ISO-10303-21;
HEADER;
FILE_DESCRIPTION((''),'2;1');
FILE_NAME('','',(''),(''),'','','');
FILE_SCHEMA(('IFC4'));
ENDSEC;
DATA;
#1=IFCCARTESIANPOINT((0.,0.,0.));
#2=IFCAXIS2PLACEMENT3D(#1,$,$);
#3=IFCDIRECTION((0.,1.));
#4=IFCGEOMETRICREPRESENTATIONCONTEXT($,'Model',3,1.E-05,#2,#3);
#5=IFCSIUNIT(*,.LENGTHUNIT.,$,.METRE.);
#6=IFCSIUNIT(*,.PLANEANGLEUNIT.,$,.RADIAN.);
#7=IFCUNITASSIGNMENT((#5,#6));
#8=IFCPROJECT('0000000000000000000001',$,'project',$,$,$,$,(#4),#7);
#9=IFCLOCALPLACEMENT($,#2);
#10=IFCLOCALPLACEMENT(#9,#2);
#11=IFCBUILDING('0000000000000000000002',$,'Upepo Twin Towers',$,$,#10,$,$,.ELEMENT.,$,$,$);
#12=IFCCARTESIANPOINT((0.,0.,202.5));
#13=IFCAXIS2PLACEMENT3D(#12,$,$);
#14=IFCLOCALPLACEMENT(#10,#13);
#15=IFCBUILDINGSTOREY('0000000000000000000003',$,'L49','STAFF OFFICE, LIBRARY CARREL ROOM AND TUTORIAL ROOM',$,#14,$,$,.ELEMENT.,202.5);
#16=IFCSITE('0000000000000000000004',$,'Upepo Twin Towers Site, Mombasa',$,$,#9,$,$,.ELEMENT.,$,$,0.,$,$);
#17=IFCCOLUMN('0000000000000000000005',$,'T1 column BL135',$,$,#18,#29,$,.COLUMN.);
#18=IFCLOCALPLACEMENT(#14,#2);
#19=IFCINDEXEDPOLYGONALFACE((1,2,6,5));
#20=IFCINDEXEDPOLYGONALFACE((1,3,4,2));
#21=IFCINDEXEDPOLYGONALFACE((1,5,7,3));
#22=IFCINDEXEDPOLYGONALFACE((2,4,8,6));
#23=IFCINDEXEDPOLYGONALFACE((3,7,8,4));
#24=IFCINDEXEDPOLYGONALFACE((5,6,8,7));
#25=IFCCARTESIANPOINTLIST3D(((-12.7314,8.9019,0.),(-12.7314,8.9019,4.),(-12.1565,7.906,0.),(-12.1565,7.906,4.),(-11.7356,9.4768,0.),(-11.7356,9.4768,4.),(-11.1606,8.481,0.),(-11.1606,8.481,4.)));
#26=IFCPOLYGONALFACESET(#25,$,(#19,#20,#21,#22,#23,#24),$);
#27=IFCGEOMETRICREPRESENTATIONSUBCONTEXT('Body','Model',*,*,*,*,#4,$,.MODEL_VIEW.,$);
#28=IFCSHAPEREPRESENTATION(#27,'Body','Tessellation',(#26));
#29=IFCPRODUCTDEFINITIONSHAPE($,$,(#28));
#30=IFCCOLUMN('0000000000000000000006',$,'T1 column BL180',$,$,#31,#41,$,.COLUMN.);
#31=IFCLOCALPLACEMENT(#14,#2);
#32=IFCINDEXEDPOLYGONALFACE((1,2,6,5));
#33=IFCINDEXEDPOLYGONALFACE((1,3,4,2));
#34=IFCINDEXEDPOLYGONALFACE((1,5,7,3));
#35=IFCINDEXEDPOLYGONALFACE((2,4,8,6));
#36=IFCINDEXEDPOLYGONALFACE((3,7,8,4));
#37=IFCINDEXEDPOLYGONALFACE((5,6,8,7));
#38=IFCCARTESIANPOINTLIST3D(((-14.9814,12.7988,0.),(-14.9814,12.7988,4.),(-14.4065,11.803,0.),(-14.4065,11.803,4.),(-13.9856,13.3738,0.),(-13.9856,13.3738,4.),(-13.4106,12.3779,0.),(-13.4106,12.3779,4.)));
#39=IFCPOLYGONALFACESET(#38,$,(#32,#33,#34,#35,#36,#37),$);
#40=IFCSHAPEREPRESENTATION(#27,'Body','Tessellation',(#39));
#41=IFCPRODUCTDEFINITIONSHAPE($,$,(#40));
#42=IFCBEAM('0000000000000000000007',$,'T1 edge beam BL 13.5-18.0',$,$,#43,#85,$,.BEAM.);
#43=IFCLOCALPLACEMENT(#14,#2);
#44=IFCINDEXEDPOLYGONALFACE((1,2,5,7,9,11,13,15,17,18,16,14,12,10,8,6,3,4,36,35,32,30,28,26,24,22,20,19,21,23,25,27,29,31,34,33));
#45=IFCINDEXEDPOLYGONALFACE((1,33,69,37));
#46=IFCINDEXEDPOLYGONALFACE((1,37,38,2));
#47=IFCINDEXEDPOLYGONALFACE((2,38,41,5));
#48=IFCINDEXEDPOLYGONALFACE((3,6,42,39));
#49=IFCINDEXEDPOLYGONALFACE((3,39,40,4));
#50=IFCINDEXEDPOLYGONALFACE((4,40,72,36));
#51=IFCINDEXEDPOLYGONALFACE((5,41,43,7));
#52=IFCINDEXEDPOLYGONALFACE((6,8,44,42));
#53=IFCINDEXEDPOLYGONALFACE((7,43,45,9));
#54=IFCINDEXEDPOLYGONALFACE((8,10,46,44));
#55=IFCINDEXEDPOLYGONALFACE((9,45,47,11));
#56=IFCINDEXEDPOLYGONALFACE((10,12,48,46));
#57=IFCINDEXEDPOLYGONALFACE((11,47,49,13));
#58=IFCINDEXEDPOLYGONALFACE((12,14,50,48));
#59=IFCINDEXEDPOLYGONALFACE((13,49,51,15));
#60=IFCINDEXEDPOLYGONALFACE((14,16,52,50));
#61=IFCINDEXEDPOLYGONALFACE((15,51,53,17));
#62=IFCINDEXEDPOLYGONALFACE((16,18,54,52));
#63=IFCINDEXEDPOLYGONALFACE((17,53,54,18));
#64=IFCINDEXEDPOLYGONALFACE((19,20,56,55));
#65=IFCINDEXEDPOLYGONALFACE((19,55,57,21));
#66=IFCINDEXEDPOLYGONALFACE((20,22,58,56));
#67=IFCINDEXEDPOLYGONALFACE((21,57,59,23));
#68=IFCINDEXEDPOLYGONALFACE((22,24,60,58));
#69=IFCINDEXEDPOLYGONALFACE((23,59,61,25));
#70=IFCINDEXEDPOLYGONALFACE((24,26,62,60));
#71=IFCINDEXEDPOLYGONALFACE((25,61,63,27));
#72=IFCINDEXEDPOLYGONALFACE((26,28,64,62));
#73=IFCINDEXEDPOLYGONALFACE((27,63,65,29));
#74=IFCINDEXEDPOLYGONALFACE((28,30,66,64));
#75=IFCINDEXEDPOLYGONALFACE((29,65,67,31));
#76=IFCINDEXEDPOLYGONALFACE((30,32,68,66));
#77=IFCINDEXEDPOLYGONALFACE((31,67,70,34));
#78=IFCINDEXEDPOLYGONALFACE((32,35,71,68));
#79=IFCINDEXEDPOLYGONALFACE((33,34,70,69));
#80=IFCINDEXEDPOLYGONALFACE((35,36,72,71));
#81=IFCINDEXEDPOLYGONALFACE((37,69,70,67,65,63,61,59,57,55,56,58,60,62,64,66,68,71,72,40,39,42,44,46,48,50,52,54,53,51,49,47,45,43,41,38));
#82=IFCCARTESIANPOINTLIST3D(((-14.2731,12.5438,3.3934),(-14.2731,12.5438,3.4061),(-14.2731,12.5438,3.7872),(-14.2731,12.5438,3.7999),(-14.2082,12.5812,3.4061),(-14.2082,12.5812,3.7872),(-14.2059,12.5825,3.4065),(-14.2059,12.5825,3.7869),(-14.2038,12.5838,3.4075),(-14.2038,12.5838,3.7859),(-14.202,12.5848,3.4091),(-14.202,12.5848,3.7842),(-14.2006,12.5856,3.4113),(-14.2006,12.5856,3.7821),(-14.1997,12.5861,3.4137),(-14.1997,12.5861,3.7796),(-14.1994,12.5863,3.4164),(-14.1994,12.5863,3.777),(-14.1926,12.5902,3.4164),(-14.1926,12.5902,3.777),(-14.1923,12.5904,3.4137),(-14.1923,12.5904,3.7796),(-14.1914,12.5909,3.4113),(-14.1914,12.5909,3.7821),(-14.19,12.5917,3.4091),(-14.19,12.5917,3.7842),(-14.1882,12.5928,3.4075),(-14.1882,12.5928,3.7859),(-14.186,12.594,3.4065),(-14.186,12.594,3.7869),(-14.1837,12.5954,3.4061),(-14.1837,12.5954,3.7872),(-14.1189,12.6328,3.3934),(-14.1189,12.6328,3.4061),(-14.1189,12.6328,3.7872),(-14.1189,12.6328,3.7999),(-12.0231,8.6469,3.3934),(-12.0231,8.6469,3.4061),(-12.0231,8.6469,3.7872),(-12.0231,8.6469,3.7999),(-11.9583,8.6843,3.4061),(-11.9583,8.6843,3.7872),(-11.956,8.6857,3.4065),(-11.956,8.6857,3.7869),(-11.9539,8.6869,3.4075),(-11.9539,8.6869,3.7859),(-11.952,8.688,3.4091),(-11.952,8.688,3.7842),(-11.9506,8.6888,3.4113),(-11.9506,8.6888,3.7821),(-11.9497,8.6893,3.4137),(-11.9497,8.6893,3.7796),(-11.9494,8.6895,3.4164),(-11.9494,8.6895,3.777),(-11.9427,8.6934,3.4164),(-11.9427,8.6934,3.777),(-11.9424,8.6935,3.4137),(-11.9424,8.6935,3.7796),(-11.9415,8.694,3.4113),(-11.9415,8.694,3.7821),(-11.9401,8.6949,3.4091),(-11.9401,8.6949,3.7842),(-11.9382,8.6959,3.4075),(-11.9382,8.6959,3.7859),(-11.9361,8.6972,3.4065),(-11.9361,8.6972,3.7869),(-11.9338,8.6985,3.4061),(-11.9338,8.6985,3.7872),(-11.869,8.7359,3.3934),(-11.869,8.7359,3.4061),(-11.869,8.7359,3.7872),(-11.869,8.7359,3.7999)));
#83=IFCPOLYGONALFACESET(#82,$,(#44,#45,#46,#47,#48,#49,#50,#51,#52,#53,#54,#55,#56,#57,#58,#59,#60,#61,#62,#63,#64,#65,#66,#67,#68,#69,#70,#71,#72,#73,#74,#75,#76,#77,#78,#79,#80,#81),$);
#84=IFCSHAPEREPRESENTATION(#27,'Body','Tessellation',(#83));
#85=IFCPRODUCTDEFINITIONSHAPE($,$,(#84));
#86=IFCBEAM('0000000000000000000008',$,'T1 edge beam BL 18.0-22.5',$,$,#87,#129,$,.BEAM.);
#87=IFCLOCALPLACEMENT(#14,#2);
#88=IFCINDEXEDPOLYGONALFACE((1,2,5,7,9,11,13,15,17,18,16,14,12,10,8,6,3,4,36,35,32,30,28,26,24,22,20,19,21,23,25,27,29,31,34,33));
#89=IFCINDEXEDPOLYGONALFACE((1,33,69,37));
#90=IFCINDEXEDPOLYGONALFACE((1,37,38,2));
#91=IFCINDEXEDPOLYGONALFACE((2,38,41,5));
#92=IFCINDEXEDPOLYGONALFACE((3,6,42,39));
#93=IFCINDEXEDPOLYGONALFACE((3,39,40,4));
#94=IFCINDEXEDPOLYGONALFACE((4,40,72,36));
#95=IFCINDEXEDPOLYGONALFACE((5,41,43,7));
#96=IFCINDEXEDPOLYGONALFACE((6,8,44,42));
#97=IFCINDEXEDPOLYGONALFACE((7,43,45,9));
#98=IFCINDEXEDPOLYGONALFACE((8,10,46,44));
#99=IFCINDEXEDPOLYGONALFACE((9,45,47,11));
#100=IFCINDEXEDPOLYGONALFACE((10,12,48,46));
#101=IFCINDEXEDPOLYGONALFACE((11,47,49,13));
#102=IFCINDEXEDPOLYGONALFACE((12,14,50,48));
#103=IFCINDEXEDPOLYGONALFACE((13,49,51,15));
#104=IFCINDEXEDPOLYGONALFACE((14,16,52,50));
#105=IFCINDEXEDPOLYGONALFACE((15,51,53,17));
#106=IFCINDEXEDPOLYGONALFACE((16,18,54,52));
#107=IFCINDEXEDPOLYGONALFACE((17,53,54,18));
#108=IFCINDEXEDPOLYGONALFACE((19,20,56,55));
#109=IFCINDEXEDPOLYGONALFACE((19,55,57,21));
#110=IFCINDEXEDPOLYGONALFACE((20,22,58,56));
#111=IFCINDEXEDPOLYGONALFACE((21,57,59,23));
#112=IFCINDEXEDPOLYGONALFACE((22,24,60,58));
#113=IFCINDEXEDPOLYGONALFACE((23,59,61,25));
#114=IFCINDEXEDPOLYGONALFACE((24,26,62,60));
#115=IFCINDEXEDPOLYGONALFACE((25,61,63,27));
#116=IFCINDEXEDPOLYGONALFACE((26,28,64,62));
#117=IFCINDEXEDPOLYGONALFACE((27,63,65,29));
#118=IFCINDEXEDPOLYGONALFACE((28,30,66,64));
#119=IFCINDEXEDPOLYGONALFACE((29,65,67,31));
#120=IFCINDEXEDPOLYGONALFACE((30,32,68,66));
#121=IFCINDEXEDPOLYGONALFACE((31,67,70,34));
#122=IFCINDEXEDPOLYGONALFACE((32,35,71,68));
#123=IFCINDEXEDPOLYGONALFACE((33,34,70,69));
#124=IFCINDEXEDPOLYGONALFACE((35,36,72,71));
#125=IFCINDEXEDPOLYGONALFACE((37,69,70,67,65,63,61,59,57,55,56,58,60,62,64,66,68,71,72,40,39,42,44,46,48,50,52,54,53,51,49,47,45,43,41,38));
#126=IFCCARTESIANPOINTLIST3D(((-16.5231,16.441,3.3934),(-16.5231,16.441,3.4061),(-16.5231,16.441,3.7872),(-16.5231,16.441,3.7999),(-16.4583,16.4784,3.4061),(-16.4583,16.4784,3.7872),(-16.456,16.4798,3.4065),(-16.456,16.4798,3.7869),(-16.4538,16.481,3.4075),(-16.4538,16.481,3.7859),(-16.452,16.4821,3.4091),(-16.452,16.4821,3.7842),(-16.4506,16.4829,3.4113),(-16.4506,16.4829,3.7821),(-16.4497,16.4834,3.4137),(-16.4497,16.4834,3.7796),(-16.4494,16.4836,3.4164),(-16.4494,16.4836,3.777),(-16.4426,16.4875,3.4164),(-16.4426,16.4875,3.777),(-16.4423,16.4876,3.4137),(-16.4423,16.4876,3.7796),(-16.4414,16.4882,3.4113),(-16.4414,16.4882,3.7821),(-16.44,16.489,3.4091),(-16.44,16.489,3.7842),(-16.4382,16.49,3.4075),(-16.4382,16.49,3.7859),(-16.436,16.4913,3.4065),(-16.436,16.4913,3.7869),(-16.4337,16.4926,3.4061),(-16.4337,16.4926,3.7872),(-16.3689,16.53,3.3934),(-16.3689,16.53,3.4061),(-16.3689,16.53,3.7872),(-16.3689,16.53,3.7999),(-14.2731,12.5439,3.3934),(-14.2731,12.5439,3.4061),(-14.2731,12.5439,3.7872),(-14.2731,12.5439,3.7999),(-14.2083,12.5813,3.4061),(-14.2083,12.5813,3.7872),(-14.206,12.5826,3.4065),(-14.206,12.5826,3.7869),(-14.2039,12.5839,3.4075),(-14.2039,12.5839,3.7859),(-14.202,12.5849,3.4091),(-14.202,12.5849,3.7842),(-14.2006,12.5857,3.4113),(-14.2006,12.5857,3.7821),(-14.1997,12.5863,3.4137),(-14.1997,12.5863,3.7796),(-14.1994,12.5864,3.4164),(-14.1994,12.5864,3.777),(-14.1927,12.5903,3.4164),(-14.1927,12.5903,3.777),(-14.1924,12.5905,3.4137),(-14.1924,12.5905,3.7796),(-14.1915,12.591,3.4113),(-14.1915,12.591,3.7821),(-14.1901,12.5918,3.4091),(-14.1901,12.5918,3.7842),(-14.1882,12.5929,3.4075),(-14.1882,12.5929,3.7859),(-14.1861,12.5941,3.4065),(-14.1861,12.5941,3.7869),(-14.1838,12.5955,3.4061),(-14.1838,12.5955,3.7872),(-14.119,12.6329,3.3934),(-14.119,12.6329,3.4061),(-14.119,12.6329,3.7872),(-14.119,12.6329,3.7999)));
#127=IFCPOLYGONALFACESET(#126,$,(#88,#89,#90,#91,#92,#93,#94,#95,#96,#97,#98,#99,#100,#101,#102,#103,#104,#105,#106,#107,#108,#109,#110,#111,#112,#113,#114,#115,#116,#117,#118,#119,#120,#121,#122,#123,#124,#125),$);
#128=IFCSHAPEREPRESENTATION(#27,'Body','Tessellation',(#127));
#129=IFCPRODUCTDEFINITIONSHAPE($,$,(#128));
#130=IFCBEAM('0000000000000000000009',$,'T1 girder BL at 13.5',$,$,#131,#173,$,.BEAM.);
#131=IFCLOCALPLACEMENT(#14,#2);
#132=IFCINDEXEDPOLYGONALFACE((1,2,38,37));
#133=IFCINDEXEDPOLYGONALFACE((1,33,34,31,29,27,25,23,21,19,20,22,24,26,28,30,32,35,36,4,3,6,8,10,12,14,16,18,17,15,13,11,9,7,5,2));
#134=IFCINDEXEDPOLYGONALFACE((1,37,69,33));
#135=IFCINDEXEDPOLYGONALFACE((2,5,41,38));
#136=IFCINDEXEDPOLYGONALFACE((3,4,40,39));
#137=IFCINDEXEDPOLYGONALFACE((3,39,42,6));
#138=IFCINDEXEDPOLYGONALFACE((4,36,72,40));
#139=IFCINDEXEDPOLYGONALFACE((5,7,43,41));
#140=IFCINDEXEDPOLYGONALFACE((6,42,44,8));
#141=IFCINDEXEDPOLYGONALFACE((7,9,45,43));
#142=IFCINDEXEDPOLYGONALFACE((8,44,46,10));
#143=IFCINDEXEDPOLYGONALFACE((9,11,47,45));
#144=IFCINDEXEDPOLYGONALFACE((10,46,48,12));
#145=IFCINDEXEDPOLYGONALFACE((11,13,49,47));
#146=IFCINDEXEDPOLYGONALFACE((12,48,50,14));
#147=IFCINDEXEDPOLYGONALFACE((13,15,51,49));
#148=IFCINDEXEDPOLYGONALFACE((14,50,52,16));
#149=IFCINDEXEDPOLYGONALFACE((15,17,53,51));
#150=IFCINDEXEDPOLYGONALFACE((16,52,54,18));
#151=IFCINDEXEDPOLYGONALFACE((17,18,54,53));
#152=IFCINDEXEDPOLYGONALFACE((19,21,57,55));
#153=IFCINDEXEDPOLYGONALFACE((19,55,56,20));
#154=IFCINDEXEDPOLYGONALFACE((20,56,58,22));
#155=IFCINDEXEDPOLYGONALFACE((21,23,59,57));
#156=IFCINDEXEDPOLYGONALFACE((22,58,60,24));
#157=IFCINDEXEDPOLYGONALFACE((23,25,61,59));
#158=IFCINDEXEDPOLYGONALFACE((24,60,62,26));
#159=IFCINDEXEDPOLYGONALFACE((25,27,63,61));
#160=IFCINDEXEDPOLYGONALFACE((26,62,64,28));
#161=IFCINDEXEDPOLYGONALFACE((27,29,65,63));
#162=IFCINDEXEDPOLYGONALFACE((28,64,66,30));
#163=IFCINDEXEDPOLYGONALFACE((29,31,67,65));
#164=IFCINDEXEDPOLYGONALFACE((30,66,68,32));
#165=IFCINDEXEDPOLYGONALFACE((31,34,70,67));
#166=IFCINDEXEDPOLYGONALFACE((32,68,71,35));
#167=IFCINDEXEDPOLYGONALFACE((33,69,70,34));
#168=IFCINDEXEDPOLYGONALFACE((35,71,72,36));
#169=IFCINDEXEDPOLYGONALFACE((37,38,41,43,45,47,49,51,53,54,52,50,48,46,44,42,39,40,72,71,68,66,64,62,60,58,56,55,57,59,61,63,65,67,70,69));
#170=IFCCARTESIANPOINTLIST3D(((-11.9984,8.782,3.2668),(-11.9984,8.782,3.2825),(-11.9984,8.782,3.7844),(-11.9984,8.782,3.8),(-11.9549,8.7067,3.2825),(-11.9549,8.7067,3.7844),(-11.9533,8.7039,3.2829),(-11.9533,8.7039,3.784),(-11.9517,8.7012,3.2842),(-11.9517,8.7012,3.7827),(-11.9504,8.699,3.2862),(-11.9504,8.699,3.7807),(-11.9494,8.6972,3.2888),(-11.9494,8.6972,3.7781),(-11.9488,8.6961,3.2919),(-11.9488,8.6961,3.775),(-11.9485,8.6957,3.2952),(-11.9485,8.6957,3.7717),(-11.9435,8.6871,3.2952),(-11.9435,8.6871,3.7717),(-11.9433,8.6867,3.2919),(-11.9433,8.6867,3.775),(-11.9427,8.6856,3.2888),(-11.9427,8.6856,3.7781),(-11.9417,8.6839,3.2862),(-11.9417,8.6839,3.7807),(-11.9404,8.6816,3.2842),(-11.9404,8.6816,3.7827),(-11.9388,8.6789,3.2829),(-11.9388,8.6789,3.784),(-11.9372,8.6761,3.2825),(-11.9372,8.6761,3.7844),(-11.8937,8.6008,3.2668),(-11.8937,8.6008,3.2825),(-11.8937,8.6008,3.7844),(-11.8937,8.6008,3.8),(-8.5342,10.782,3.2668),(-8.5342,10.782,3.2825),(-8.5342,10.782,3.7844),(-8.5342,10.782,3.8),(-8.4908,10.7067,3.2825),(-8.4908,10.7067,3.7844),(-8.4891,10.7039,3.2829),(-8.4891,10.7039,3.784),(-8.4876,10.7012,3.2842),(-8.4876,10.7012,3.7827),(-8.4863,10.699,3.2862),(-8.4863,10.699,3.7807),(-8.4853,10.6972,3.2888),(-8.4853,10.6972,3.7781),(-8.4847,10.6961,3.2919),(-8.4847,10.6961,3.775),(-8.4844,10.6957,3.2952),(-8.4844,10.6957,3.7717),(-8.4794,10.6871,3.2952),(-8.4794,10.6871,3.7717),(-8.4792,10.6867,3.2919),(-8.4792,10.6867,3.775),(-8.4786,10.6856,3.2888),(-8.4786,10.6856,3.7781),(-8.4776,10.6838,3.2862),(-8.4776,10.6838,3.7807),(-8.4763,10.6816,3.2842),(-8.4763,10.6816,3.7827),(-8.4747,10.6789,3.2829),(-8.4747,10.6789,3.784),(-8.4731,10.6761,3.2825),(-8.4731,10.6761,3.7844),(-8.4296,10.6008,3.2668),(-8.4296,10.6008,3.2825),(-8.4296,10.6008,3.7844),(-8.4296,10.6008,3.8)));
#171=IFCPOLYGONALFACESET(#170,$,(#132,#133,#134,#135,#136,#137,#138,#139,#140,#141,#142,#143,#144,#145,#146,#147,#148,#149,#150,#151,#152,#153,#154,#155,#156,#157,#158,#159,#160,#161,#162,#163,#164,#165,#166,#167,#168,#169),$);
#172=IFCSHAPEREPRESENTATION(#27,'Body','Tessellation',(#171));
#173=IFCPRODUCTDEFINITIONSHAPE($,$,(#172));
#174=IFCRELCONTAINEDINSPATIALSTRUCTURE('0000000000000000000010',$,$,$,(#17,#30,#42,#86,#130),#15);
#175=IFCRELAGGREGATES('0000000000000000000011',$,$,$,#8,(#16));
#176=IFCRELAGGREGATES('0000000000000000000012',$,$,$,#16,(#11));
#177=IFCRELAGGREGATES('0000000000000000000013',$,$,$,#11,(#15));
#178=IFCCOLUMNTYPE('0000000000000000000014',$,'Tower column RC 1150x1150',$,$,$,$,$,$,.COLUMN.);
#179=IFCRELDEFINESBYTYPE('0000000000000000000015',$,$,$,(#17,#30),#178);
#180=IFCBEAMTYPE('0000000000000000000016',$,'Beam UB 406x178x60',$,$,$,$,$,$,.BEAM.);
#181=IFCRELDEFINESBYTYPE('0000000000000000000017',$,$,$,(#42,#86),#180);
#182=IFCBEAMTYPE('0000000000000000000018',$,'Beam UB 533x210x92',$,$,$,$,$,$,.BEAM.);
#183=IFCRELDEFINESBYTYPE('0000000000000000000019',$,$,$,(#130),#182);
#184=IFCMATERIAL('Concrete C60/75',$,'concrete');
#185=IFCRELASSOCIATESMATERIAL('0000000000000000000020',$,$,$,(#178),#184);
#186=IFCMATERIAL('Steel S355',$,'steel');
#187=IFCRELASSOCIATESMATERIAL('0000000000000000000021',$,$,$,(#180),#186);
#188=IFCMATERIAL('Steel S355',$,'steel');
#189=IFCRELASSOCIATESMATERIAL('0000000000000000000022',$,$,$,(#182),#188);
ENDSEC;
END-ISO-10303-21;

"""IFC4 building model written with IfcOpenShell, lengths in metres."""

from ifc_helpers import new_model, si_unit, direction, frame, origin, origin_2d, place, context, subcontext, project, spatial, rectangle, i_section, extrude, material, material_profile, profile_set, type_object, element, save


model = new_model("IFC4")

# Units and contexts
model_context = context("Model", 3, precision=1e-05, world=origin(), true_north=direction((0.0, 1.0)))
body_context = subcontext(model_context, "Body", "Model", "MODEL_VIEW")
ifc_project = project(units=[si_unit("LENGTHUNIT", "METRE"), si_unit("PLANEANGLEUNIT", "RADIAN")], contexts=[model_context])

# Site, building, storey
site_placement = place(None, origin())
site = spatial("IfcSite", under=ifc_project, at=site_placement, Name="Upepo Twin Towers Site, Mombasa", CompositionType="ELEMENT", RefElevation=0.0)
building_placement = place(site_placement, origin())
building = spatial("IfcBuilding", under=site, at=building_placement, Name="Upepo Twin Towers", CompositionType="ELEMENT")
storey_placement = place(building_placement, frame((0.0, 0.0, 202.5)))
storey = spatial("IfcBuildingStorey", under=building, at=storey_placement, Name="L49", Description="STAFF OFFICE, LIBRARY CARREL ROOM AND TUTORIAL ROOM", CompositionType="ELEMENT", Elevation=202.5)

# Columns
ifc_material_1 = material(Name="Concrete C60/75", Category="concrete")
ifc_material_profile_1 = material_profile(ifc_material_1, rectangle(XDim=1.1499, YDim=1.1499, at=origin_2d()), Name="RC 1150x1150")
ifc_profile_set_1 = profile_set([ifc_material_profile_1], Name="Concrete C60/75")
column_type = type_object("IfcColumnType", Name="Tower column RC 1150x1150", PredefinedType="COLUMN", material=ifc_profile_set_1)
for number, where, z_axis, x_axis, name in (
    (1, (-11.946, 8.6914, 0.0), (0.0, 0.0, 1.0), (0.866025, 0.5, 0.0), "T1 column BL135"),
    (2, (-14.196, 12.5884, 0.0), (0.0, 0.0, 1.0), (0.866025, 0.5, 0.0), "T1 column BL180"),
):
    element("IfcColumn", number, at=place(storey_placement, frame(where, z_axis=z_axis, x_axis=x_axis)), inside=storey, type_object=column_type, Name=name, PredefinedType="COLUMN", context=body_context, shape_type="SweptSolid", body=[
        extrude(rectangle(XDim=1.1499, YDim=1.1499, at=origin_2d()), origin(), (0.0, 0.0, 1.0), 4.0),
    ])

# Beams
ifc_material_2 = material(Name="Steel S355", Category="steel")
ifc_material_profile_2 = material_profile(ifc_material_2, i_section(OverallWidth=0.178, OverallDepth=0.4065, WebThickness=0.0078, FlangeThickness=0.0127, FilletRadius=0.0103, at=origin_2d()), Name="UB 406x178x60")
ifc_profile_set_2 = profile_set([ifc_material_profile_2], Name="Steel S355")
beam_type_1 = type_object("IfcBeamType", Name="Beam UB 406x178x60", PredefinedType="BEAM", material=ifc_profile_set_2)
beam_1_placement = place(storey_placement, frame((-11.946, 8.6914, 3.5967), z_axis=(-0.500014, 0.866018, 0.0), x_axis=(-0.866018, -0.500014, 0.0)))
element("IfcBeam", 3, at=beam_1_placement, inside=storey, type_object=beam_type_1, Name="T1 edge beam BL 13.5-18.0", PredefinedType="BEAM", context=body_context, shape_type="SweptSolid", body=[
    extrude(i_section(OverallWidth=0.178, OverallDepth=0.4065, WebThickness=0.0078, FlangeThickness=0.0127, FilletRadius=0.0103, at=origin_2d()), origin(), (0.0, 0.0, 1.0), 4.4998),
])
beam_2_placement = place(storey_placement, frame((-14.196, 12.5884, 3.5967), z_axis=(-0.49999, 0.866031, 0.0), x_axis=(-0.866031, -0.49999, 0.0)))
element("IfcBeam", 4, at=beam_2_placement, inside=storey, type_object=beam_type_1, Name="T1 edge beam BL 18.0-22.5", PredefinedType="BEAM", context=body_context, shape_type="SweptSolid", body=[
    extrude(i_section(OverallWidth=0.178, OverallDepth=0.4065, WebThickness=0.0078, FlangeThickness=0.0127, FilletRadius=0.0103, at=origin_2d()), origin(), (0.0, 0.0, 1.0), 4.5),
])
ifc_material_3 = material(Name="Steel S355", Category="steel")
ifc_material_profile_3 = material_profile(ifc_material_3, i_section(OverallWidth=0.2092, OverallDepth=0.5332, WebThickness=0.01, FlangeThickness=0.0156, FilletRadius=0.0127, at=origin_2d()), Name="UB 533x210x92")
ifc_profile_set_3 = profile_set([ifc_material_profile_3], Name="Steel S355")
beam_type_2 = type_object("IfcBeamType", Name="Beam UB 533x210x92", PredefinedType="BEAM", material=ifc_profile_set_3)
for number, where, z_axis, x_axis, name in (
    (5, (-11.946, 8.6914, 3.5334), (0.866026, 0.499999, 0.0), (-0.499999, 0.866026, 0.0), "T1 girder BL at 13.5"),
):
    element("IfcBeam", number, at=place(storey_placement, frame(where, z_axis=z_axis, x_axis=x_axis)), inside=storey, type_object=beam_type_2, Name=name, PredefinedType="BEAM", context=body_context, shape_type="SweptSolid", body=[
        extrude(i_section(OverallWidth=0.2092, OverallDepth=0.5332, WebThickness=0.01, FlangeThickness=0.0156, FilletRadius=0.0127, at=origin_2d()), origin(), (0.0, 0.0, 1.0), 4.0),
    ])

save(model, "model.ifc")
